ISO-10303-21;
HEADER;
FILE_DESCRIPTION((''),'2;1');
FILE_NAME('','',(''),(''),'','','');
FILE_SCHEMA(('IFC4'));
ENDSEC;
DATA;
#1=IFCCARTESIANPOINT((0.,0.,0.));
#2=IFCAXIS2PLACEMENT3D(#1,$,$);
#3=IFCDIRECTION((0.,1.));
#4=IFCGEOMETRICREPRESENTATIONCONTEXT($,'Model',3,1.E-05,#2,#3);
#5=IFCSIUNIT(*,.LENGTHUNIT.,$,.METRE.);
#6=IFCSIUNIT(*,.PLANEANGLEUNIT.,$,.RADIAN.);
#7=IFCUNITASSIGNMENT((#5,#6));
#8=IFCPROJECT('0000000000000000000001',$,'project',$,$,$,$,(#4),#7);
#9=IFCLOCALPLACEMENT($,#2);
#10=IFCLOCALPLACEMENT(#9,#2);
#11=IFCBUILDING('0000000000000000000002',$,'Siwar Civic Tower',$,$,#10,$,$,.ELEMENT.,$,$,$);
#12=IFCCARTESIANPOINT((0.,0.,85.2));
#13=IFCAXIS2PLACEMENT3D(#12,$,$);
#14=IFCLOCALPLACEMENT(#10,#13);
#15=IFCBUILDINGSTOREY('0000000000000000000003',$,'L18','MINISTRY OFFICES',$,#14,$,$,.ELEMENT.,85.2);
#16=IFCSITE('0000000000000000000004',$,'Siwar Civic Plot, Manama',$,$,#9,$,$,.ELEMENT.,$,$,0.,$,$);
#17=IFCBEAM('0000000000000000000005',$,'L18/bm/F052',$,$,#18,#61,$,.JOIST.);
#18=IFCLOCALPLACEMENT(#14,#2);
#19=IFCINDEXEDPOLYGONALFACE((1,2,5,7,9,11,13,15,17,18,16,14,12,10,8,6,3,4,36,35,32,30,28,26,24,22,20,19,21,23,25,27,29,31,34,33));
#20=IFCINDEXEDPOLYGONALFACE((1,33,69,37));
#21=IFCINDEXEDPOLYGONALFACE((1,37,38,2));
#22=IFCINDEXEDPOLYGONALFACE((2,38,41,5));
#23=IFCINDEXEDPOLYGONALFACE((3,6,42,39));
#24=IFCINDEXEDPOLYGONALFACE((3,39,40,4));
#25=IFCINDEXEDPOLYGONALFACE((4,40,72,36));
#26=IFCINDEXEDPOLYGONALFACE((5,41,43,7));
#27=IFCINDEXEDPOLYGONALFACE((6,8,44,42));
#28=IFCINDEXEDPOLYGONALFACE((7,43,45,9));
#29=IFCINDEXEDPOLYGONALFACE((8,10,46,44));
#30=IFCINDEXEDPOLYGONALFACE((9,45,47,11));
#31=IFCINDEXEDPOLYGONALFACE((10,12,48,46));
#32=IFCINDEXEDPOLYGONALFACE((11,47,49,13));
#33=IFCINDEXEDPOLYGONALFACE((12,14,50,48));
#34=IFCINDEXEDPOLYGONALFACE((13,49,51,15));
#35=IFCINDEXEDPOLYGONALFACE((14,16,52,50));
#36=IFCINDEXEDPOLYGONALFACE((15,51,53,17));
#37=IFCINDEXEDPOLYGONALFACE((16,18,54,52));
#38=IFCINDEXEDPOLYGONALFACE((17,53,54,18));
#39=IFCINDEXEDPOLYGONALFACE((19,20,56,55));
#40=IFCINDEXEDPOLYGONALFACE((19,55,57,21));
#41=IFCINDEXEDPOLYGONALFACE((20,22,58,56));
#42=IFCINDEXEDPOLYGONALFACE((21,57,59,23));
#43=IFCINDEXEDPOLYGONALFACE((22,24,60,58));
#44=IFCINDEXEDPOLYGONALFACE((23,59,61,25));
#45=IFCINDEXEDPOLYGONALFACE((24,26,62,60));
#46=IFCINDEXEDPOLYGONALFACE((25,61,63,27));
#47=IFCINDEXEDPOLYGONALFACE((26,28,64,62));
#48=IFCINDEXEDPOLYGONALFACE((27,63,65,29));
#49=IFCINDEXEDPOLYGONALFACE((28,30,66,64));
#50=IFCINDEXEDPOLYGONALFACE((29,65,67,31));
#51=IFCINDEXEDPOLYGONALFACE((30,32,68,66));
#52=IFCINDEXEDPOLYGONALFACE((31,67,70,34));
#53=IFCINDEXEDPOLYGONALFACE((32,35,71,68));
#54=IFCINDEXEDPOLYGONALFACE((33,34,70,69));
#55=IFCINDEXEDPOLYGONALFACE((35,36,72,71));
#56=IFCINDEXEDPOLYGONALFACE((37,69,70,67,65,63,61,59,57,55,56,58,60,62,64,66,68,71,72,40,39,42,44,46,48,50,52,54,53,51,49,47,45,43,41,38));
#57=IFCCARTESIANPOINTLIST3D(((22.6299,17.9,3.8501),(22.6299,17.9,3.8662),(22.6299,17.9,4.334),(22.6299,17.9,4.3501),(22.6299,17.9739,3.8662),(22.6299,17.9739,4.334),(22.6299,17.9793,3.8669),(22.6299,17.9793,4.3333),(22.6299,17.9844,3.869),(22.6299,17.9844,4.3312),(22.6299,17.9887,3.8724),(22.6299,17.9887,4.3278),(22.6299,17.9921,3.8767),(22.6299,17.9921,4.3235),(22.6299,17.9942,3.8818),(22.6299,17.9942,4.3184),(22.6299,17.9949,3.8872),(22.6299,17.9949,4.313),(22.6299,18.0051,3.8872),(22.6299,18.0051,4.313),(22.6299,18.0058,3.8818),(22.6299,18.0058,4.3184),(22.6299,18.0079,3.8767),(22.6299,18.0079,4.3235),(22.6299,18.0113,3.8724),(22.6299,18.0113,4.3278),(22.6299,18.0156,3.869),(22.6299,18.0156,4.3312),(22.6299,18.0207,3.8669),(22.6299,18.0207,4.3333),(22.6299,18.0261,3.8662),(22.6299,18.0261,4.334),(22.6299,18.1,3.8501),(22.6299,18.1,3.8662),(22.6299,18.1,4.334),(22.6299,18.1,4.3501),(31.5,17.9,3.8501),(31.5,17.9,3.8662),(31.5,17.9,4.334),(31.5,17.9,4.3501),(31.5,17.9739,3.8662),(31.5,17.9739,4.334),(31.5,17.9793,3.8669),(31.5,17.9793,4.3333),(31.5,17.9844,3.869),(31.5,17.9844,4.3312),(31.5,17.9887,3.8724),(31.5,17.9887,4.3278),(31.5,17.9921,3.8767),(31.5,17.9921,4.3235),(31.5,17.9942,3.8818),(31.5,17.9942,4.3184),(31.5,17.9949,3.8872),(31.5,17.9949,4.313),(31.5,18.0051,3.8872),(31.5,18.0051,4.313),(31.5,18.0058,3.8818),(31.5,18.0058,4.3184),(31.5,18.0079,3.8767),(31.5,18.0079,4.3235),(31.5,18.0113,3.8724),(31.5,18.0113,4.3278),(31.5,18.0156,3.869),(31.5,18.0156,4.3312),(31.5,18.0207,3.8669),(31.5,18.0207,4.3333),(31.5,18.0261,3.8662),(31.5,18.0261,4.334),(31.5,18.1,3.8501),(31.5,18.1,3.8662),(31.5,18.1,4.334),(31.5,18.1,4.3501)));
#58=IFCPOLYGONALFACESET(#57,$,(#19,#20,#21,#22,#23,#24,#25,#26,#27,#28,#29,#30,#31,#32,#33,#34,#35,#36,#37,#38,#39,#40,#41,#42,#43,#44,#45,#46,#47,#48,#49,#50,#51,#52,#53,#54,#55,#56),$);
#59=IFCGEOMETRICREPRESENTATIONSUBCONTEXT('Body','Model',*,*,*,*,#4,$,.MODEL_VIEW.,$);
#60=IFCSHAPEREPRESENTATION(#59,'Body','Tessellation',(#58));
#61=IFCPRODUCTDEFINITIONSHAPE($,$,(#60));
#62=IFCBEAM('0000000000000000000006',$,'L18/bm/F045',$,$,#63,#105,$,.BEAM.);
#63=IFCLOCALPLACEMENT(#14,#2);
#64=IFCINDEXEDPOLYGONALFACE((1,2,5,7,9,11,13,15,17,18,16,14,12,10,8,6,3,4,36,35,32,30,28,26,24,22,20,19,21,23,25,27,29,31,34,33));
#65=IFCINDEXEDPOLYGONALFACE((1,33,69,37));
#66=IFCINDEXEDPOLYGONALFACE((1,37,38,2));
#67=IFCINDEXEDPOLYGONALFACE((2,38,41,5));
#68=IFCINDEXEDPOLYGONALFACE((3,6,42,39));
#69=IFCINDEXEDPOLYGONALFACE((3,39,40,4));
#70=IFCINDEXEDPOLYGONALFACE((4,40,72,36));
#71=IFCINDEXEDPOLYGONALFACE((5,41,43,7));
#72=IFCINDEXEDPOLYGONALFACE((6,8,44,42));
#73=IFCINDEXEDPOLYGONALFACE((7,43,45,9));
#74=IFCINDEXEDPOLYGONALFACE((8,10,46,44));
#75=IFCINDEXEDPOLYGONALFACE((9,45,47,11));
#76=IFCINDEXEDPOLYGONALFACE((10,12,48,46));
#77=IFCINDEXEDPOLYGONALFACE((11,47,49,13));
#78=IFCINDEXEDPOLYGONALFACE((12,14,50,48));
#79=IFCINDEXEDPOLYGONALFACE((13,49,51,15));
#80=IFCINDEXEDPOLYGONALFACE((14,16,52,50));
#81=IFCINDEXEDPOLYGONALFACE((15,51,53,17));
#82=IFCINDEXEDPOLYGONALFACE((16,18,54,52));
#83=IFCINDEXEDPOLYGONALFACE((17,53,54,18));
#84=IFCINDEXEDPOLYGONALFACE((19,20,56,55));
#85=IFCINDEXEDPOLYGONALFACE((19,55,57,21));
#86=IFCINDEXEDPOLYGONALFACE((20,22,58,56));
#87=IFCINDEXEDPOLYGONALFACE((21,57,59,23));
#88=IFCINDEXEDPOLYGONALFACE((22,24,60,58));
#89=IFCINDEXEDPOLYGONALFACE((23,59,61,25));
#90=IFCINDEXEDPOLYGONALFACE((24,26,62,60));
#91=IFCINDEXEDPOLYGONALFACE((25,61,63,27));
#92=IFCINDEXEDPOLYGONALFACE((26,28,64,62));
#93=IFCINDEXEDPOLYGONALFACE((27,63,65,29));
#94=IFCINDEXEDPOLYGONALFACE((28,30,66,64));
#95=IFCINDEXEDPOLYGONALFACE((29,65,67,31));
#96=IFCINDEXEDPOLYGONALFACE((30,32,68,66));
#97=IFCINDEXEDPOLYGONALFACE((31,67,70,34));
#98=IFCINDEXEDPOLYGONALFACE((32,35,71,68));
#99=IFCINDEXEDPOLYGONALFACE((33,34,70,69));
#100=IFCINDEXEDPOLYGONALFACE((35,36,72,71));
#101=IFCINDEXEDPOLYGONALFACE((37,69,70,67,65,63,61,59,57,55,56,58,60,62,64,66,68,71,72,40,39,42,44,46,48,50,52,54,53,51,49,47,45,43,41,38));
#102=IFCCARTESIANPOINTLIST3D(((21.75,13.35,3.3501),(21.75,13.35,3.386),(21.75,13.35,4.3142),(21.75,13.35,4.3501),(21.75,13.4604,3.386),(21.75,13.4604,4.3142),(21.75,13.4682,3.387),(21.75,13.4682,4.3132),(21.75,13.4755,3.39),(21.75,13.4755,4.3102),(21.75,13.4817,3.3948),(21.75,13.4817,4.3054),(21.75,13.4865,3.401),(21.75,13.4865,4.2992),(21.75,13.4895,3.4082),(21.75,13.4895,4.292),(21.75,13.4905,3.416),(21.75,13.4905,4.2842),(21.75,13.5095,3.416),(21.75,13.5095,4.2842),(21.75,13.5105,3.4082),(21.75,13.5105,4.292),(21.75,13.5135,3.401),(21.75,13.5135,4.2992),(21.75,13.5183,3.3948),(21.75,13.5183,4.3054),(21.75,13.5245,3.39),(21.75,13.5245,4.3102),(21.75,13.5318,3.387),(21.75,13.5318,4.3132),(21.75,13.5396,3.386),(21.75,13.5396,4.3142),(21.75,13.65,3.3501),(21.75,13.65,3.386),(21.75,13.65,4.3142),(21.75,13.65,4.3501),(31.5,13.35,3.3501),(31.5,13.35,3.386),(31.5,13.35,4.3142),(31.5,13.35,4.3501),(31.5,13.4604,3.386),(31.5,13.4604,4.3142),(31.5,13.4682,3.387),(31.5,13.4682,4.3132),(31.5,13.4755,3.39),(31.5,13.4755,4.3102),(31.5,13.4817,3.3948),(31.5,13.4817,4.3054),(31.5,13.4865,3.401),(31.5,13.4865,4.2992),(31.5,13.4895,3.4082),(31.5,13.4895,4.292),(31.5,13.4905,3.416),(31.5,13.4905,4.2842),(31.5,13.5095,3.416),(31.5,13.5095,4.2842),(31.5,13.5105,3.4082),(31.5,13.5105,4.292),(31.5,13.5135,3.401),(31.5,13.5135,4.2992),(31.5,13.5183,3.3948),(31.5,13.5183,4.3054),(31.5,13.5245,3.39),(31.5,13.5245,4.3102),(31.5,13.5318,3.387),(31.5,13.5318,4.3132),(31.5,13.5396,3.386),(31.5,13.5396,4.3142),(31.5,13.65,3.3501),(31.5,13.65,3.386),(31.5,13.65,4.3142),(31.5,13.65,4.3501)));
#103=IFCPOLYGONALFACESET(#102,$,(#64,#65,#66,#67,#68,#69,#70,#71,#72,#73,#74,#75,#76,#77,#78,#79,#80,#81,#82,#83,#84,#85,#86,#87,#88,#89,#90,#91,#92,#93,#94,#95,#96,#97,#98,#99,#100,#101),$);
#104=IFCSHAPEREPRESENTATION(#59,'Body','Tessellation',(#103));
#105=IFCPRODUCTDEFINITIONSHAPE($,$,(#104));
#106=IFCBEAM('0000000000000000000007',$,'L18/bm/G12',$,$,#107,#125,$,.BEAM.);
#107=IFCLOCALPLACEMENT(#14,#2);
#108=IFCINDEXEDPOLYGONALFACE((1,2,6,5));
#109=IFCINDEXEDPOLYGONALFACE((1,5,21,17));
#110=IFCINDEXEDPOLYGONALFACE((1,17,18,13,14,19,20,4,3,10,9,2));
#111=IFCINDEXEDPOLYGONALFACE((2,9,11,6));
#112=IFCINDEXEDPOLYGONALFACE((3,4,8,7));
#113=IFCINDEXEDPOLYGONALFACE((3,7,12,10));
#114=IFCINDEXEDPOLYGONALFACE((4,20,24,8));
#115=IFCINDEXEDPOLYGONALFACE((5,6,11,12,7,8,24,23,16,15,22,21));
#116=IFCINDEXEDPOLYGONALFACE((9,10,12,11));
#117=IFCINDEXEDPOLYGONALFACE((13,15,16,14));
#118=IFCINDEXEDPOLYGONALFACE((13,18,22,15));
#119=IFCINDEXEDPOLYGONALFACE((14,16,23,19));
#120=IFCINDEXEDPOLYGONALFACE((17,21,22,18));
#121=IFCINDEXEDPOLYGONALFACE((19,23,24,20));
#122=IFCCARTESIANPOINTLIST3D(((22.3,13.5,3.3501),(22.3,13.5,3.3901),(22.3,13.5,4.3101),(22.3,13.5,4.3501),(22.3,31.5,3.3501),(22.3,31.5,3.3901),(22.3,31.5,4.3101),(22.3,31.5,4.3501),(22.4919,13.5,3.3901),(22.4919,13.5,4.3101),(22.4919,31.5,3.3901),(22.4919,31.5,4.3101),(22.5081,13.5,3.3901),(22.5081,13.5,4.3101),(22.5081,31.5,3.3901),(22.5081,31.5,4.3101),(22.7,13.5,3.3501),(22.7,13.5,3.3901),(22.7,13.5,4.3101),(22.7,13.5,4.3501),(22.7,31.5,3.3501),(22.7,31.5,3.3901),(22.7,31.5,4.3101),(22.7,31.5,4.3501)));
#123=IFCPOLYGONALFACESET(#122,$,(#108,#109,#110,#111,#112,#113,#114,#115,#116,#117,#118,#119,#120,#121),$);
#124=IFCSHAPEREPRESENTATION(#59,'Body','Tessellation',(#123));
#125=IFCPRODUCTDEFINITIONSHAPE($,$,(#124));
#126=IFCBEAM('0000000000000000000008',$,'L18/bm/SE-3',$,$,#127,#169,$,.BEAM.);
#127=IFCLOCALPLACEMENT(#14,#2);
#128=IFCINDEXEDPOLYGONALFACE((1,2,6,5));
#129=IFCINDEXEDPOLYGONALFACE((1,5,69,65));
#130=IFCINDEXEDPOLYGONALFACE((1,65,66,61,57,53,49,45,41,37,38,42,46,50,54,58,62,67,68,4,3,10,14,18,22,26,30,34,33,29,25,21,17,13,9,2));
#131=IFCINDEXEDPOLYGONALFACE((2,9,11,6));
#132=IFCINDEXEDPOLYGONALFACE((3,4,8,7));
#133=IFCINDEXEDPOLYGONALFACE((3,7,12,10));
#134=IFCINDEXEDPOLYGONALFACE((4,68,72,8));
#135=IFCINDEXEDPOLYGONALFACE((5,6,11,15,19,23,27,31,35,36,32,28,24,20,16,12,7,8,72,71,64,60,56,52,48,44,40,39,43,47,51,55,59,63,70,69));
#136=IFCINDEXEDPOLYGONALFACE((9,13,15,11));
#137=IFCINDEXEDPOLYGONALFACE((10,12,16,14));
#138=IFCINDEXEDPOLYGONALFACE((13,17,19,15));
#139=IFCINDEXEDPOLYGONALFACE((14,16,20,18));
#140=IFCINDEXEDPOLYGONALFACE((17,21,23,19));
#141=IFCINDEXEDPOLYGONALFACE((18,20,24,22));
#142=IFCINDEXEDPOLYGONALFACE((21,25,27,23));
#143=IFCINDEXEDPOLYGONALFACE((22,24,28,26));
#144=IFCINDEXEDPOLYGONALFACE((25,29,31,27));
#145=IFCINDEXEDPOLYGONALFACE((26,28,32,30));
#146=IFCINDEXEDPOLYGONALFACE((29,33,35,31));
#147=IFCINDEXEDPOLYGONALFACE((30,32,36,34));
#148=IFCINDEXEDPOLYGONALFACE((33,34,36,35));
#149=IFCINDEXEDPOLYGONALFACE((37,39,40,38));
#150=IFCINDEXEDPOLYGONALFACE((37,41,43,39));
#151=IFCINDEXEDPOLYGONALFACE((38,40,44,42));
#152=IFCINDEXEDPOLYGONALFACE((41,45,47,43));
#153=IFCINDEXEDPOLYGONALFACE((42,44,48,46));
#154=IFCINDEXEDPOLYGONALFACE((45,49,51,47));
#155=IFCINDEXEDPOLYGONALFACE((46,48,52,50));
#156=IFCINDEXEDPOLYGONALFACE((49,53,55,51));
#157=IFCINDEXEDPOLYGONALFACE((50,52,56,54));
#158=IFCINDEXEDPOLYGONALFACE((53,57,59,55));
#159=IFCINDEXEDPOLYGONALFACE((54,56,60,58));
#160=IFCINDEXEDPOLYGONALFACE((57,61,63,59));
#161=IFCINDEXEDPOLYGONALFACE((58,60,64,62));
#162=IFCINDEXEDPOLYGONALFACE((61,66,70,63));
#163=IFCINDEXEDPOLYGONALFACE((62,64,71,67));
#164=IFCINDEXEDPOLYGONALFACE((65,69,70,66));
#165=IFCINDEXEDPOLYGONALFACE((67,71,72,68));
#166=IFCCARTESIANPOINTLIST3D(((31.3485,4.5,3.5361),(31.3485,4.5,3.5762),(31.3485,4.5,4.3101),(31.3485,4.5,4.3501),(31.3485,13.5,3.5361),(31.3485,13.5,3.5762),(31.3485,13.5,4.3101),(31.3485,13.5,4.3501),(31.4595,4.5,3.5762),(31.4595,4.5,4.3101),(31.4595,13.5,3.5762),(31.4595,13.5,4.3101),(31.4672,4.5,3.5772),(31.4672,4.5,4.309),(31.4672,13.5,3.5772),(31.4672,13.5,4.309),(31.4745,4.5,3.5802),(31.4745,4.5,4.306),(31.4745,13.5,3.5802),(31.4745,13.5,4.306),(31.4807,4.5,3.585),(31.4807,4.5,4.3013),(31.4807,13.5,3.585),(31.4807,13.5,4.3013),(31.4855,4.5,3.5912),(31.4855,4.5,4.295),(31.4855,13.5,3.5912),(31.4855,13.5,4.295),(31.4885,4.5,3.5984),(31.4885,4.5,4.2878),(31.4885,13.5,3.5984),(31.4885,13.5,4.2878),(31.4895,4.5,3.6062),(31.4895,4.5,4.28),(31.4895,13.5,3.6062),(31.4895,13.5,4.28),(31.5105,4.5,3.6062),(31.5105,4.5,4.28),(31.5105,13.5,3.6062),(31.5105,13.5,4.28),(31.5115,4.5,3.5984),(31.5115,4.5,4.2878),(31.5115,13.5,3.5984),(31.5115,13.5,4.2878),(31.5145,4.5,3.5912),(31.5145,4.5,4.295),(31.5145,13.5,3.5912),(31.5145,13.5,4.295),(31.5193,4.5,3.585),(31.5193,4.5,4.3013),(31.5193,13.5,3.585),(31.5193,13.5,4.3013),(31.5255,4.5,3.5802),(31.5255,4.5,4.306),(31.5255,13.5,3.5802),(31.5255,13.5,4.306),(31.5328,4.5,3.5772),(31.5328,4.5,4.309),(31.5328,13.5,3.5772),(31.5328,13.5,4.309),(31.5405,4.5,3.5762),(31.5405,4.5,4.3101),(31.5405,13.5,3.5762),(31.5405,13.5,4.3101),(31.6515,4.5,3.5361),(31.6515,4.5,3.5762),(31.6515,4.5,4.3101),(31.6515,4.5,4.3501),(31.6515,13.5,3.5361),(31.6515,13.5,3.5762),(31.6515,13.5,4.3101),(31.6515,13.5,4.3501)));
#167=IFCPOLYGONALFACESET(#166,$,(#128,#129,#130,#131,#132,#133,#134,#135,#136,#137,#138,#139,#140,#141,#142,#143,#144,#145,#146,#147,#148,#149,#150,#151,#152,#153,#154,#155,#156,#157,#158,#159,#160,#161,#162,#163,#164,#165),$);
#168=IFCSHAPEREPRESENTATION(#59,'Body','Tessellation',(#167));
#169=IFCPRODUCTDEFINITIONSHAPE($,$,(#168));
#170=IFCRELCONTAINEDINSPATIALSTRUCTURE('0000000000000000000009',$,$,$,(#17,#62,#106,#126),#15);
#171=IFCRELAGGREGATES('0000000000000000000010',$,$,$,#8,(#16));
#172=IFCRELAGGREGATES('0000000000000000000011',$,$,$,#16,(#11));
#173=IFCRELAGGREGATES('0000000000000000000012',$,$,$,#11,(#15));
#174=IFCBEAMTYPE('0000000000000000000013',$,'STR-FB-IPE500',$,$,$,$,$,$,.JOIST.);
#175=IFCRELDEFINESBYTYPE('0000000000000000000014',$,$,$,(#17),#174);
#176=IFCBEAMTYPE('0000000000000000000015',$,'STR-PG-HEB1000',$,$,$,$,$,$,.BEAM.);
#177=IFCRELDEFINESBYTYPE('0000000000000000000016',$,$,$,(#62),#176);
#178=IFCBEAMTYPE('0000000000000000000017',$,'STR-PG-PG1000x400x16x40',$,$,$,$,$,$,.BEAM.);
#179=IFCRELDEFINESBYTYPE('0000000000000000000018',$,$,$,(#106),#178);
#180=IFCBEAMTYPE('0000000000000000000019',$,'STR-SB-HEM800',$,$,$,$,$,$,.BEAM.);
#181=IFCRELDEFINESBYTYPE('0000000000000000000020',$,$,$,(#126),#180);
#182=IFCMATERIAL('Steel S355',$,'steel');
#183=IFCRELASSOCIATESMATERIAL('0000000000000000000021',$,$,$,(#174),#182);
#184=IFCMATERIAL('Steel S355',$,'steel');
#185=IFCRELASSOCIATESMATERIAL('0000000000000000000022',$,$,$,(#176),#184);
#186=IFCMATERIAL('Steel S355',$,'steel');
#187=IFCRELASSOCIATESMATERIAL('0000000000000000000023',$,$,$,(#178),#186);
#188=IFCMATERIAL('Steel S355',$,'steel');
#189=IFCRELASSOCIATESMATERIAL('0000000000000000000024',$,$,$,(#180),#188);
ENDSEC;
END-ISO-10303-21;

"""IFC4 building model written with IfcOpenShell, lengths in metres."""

from ifc_helpers import new_model, si_unit, direction, frame, origin, origin_2d, place, context, subcontext, project, spatial, i_section, extrude, material, material_profile, profile_set, type_object, element, save


model = new_model("IFC4")

# Units and contexts
model_context = context("Model", 3, precision=1e-05, world=origin(), true_north=direction((0.0, 1.0)))
body_context = subcontext(model_context, "Body", "Model", "MODEL_VIEW")
ifc_project = project(units=[si_unit("LENGTHUNIT", "METRE"), si_unit("PLANEANGLEUNIT", "RADIAN")], contexts=[model_context])

# Site, building, storey
site_placement = place(None, origin())
site = spatial("IfcSite", under=ifc_project, at=site_placement, Name="Siwar Civic Plot, Manama", CompositionType="ELEMENT", RefElevation=0.0)
building_placement = place(site_placement, origin())
building = spatial("IfcBuilding", under=site, at=building_placement, Name="Siwar Civic Tower", CompositionType="ELEMENT")
storey_placement = place(building_placement, frame((0.0, 0.0, 85.2)))
storey = spatial("IfcBuildingStorey", under=building, at=storey_placement, Name="L18", Description="MINISTRY OFFICES", CompositionType="ELEMENT", Elevation=85.2)

# Beams
ifc_material_1 = material(Name="Steel S355", Category="steel")
ifc_material_profile_1 = material_profile(ifc_material_1, i_section(OverallWidth=0.2, OverallDepth=0.5, WebThickness=0.0103, FlangeThickness=0.0161, FilletRadius=0.021, at=origin_2d()), Name="IPE500")
ifc_profile_set_1 = profile_set([ifc_material_profile_1], Name="Steel S355")
beam_type_1 = type_object("IfcBeamType", Name="STR-FB-IPE500", PredefinedType="JOIST", material=ifc_profile_set_1)
beam_1_placement = place(storey_placement, frame((22.6299, 18.0, 4.1001), z_axis=(1.0, 0.0, 0.0), x_axis=(0.0, 1.0, 0.0)))
element("IfcBeam", 1, at=beam_1_placement, inside=storey, type_object=beam_type_1, Name="L18/bm/F052", PredefinedType="JOIST", context=body_context, shape_type="SweptSolid", body=[
    extrude(i_section(OverallWidth=0.2, OverallDepth=0.5, WebThickness=0.0103, FlangeThickness=0.0161, FilletRadius=0.021, at=origin_2d()), origin(), (0.0, 0.0, 1.0), 8.8701),
])
ifc_material_2 = material(Name="Steel S355", Category="steel")
ifc_material_profile_2 = material_profile(ifc_material_2, i_section(OverallWidth=0.3, OverallDepth=1.0, WebThickness=0.019, FlangeThickness=0.0359, FilletRadius=0.03, at=origin_2d()), Name="HEB1000")
ifc_profile_set_2 = profile_set([ifc_material_profile_2], Name="Steel S355")
beam_type_2 = type_object("IfcBeamType", Name="STR-PG-HEB1000", PredefinedType="BEAM", material=ifc_profile_set_2)
beam_2_placement = place(storey_placement, frame((21.75, 13.5, 3.8501), z_axis=(1.0, 0.0, 0.0), x_axis=(0.0, 1.0, 0.0)))
element("IfcBeam", 2, at=beam_2_placement, inside=storey, type_object=beam_type_2, Name="L18/bm/F045", PredefinedType="BEAM", context=body_context, shape_type="SweptSolid", body=[
    extrude(i_section(OverallWidth=0.3, OverallDepth=1.0, WebThickness=0.019, FlangeThickness=0.0359, FilletRadius=0.03, at=origin_2d()), origin(), (0.0, 0.0, 1.0), 9.75),
])
ifc_material_3 = material(Name="Steel S355", Category="steel")
ifc_material_profile_3 = material_profile(ifc_material_3, i_section(OverallWidth=0.3999, OverallDepth=1.0, WebThickness=0.0161, FlangeThickness=0.04, at=origin_2d()), Name="PG1000x400x16x40")
ifc_profile_set_3 = profile_set([ifc_material_profile_3], Name="Steel S355")
beam_type_3 = type_object("IfcBeamType", Name="STR-PG-PG1000x400x16x40", PredefinedType="BEAM", material=ifc_profile_set_3)
beam_3_placement = place(storey_placement, frame((22.5, 13.5, 3.8501), z_axis=(0.0, 1.0, 0.0), x_axis=(-1.0, 0.0, 0.0)))
element("IfcBeam", 3, at=beam_3_placement, inside=storey, type_object=beam_type_3, Name="L18/bm/G12", PredefinedType="BEAM", context=body_context, shape_type="SweptSolid", body=[
    extrude(i_section(OverallWidth=0.3999, OverallDepth=1.0, WebThickness=0.0161, FlangeThickness=0.04, at=origin_2d()), origin(), (0.0, 0.0, 1.0), 18.0),
])
ifc_material_4 = material(Name="Steel S355", Category="steel")
ifc_material_profile_4 = material_profile(ifc_material_4, i_section(OverallWidth=0.303, OverallDepth=0.814, WebThickness=0.021, FlangeThickness=0.04, FilletRadius=0.03, at=origin_2d()), Name="HEM800")
ifc_profile_set_4 = profile_set([ifc_material_profile_4], Name="Steel S355")
beam_type_4 = type_object("IfcBeamType", Name="STR-SB-HEM800", PredefinedType="BEAM", material=ifc_profile_set_4)
for number, where, z_axis, x_axis, name in (
    (4, (31.5, 4.5, 3.9431), (0.0, 1.0, 0.0), (-1.0, 0.0, 0.0), "L18/bm/SE-3"),
):
    element("IfcBeam", number, at=place(storey_placement, frame(where, z_axis=z_axis, x_axis=x_axis)), inside=storey, type_object=beam_type_4, Name=name, PredefinedType="BEAM", context=body_context, shape_type="SweptSolid", body=[
        extrude(i_section(OverallWidth=0.303, OverallDepth=0.814, WebThickness=0.021, FlangeThickness=0.04, FilletRadius=0.03, at=origin_2d()), origin(), (0.0, 0.0, 1.0), 9.0),
    ])

save(model, "model.ifc")
